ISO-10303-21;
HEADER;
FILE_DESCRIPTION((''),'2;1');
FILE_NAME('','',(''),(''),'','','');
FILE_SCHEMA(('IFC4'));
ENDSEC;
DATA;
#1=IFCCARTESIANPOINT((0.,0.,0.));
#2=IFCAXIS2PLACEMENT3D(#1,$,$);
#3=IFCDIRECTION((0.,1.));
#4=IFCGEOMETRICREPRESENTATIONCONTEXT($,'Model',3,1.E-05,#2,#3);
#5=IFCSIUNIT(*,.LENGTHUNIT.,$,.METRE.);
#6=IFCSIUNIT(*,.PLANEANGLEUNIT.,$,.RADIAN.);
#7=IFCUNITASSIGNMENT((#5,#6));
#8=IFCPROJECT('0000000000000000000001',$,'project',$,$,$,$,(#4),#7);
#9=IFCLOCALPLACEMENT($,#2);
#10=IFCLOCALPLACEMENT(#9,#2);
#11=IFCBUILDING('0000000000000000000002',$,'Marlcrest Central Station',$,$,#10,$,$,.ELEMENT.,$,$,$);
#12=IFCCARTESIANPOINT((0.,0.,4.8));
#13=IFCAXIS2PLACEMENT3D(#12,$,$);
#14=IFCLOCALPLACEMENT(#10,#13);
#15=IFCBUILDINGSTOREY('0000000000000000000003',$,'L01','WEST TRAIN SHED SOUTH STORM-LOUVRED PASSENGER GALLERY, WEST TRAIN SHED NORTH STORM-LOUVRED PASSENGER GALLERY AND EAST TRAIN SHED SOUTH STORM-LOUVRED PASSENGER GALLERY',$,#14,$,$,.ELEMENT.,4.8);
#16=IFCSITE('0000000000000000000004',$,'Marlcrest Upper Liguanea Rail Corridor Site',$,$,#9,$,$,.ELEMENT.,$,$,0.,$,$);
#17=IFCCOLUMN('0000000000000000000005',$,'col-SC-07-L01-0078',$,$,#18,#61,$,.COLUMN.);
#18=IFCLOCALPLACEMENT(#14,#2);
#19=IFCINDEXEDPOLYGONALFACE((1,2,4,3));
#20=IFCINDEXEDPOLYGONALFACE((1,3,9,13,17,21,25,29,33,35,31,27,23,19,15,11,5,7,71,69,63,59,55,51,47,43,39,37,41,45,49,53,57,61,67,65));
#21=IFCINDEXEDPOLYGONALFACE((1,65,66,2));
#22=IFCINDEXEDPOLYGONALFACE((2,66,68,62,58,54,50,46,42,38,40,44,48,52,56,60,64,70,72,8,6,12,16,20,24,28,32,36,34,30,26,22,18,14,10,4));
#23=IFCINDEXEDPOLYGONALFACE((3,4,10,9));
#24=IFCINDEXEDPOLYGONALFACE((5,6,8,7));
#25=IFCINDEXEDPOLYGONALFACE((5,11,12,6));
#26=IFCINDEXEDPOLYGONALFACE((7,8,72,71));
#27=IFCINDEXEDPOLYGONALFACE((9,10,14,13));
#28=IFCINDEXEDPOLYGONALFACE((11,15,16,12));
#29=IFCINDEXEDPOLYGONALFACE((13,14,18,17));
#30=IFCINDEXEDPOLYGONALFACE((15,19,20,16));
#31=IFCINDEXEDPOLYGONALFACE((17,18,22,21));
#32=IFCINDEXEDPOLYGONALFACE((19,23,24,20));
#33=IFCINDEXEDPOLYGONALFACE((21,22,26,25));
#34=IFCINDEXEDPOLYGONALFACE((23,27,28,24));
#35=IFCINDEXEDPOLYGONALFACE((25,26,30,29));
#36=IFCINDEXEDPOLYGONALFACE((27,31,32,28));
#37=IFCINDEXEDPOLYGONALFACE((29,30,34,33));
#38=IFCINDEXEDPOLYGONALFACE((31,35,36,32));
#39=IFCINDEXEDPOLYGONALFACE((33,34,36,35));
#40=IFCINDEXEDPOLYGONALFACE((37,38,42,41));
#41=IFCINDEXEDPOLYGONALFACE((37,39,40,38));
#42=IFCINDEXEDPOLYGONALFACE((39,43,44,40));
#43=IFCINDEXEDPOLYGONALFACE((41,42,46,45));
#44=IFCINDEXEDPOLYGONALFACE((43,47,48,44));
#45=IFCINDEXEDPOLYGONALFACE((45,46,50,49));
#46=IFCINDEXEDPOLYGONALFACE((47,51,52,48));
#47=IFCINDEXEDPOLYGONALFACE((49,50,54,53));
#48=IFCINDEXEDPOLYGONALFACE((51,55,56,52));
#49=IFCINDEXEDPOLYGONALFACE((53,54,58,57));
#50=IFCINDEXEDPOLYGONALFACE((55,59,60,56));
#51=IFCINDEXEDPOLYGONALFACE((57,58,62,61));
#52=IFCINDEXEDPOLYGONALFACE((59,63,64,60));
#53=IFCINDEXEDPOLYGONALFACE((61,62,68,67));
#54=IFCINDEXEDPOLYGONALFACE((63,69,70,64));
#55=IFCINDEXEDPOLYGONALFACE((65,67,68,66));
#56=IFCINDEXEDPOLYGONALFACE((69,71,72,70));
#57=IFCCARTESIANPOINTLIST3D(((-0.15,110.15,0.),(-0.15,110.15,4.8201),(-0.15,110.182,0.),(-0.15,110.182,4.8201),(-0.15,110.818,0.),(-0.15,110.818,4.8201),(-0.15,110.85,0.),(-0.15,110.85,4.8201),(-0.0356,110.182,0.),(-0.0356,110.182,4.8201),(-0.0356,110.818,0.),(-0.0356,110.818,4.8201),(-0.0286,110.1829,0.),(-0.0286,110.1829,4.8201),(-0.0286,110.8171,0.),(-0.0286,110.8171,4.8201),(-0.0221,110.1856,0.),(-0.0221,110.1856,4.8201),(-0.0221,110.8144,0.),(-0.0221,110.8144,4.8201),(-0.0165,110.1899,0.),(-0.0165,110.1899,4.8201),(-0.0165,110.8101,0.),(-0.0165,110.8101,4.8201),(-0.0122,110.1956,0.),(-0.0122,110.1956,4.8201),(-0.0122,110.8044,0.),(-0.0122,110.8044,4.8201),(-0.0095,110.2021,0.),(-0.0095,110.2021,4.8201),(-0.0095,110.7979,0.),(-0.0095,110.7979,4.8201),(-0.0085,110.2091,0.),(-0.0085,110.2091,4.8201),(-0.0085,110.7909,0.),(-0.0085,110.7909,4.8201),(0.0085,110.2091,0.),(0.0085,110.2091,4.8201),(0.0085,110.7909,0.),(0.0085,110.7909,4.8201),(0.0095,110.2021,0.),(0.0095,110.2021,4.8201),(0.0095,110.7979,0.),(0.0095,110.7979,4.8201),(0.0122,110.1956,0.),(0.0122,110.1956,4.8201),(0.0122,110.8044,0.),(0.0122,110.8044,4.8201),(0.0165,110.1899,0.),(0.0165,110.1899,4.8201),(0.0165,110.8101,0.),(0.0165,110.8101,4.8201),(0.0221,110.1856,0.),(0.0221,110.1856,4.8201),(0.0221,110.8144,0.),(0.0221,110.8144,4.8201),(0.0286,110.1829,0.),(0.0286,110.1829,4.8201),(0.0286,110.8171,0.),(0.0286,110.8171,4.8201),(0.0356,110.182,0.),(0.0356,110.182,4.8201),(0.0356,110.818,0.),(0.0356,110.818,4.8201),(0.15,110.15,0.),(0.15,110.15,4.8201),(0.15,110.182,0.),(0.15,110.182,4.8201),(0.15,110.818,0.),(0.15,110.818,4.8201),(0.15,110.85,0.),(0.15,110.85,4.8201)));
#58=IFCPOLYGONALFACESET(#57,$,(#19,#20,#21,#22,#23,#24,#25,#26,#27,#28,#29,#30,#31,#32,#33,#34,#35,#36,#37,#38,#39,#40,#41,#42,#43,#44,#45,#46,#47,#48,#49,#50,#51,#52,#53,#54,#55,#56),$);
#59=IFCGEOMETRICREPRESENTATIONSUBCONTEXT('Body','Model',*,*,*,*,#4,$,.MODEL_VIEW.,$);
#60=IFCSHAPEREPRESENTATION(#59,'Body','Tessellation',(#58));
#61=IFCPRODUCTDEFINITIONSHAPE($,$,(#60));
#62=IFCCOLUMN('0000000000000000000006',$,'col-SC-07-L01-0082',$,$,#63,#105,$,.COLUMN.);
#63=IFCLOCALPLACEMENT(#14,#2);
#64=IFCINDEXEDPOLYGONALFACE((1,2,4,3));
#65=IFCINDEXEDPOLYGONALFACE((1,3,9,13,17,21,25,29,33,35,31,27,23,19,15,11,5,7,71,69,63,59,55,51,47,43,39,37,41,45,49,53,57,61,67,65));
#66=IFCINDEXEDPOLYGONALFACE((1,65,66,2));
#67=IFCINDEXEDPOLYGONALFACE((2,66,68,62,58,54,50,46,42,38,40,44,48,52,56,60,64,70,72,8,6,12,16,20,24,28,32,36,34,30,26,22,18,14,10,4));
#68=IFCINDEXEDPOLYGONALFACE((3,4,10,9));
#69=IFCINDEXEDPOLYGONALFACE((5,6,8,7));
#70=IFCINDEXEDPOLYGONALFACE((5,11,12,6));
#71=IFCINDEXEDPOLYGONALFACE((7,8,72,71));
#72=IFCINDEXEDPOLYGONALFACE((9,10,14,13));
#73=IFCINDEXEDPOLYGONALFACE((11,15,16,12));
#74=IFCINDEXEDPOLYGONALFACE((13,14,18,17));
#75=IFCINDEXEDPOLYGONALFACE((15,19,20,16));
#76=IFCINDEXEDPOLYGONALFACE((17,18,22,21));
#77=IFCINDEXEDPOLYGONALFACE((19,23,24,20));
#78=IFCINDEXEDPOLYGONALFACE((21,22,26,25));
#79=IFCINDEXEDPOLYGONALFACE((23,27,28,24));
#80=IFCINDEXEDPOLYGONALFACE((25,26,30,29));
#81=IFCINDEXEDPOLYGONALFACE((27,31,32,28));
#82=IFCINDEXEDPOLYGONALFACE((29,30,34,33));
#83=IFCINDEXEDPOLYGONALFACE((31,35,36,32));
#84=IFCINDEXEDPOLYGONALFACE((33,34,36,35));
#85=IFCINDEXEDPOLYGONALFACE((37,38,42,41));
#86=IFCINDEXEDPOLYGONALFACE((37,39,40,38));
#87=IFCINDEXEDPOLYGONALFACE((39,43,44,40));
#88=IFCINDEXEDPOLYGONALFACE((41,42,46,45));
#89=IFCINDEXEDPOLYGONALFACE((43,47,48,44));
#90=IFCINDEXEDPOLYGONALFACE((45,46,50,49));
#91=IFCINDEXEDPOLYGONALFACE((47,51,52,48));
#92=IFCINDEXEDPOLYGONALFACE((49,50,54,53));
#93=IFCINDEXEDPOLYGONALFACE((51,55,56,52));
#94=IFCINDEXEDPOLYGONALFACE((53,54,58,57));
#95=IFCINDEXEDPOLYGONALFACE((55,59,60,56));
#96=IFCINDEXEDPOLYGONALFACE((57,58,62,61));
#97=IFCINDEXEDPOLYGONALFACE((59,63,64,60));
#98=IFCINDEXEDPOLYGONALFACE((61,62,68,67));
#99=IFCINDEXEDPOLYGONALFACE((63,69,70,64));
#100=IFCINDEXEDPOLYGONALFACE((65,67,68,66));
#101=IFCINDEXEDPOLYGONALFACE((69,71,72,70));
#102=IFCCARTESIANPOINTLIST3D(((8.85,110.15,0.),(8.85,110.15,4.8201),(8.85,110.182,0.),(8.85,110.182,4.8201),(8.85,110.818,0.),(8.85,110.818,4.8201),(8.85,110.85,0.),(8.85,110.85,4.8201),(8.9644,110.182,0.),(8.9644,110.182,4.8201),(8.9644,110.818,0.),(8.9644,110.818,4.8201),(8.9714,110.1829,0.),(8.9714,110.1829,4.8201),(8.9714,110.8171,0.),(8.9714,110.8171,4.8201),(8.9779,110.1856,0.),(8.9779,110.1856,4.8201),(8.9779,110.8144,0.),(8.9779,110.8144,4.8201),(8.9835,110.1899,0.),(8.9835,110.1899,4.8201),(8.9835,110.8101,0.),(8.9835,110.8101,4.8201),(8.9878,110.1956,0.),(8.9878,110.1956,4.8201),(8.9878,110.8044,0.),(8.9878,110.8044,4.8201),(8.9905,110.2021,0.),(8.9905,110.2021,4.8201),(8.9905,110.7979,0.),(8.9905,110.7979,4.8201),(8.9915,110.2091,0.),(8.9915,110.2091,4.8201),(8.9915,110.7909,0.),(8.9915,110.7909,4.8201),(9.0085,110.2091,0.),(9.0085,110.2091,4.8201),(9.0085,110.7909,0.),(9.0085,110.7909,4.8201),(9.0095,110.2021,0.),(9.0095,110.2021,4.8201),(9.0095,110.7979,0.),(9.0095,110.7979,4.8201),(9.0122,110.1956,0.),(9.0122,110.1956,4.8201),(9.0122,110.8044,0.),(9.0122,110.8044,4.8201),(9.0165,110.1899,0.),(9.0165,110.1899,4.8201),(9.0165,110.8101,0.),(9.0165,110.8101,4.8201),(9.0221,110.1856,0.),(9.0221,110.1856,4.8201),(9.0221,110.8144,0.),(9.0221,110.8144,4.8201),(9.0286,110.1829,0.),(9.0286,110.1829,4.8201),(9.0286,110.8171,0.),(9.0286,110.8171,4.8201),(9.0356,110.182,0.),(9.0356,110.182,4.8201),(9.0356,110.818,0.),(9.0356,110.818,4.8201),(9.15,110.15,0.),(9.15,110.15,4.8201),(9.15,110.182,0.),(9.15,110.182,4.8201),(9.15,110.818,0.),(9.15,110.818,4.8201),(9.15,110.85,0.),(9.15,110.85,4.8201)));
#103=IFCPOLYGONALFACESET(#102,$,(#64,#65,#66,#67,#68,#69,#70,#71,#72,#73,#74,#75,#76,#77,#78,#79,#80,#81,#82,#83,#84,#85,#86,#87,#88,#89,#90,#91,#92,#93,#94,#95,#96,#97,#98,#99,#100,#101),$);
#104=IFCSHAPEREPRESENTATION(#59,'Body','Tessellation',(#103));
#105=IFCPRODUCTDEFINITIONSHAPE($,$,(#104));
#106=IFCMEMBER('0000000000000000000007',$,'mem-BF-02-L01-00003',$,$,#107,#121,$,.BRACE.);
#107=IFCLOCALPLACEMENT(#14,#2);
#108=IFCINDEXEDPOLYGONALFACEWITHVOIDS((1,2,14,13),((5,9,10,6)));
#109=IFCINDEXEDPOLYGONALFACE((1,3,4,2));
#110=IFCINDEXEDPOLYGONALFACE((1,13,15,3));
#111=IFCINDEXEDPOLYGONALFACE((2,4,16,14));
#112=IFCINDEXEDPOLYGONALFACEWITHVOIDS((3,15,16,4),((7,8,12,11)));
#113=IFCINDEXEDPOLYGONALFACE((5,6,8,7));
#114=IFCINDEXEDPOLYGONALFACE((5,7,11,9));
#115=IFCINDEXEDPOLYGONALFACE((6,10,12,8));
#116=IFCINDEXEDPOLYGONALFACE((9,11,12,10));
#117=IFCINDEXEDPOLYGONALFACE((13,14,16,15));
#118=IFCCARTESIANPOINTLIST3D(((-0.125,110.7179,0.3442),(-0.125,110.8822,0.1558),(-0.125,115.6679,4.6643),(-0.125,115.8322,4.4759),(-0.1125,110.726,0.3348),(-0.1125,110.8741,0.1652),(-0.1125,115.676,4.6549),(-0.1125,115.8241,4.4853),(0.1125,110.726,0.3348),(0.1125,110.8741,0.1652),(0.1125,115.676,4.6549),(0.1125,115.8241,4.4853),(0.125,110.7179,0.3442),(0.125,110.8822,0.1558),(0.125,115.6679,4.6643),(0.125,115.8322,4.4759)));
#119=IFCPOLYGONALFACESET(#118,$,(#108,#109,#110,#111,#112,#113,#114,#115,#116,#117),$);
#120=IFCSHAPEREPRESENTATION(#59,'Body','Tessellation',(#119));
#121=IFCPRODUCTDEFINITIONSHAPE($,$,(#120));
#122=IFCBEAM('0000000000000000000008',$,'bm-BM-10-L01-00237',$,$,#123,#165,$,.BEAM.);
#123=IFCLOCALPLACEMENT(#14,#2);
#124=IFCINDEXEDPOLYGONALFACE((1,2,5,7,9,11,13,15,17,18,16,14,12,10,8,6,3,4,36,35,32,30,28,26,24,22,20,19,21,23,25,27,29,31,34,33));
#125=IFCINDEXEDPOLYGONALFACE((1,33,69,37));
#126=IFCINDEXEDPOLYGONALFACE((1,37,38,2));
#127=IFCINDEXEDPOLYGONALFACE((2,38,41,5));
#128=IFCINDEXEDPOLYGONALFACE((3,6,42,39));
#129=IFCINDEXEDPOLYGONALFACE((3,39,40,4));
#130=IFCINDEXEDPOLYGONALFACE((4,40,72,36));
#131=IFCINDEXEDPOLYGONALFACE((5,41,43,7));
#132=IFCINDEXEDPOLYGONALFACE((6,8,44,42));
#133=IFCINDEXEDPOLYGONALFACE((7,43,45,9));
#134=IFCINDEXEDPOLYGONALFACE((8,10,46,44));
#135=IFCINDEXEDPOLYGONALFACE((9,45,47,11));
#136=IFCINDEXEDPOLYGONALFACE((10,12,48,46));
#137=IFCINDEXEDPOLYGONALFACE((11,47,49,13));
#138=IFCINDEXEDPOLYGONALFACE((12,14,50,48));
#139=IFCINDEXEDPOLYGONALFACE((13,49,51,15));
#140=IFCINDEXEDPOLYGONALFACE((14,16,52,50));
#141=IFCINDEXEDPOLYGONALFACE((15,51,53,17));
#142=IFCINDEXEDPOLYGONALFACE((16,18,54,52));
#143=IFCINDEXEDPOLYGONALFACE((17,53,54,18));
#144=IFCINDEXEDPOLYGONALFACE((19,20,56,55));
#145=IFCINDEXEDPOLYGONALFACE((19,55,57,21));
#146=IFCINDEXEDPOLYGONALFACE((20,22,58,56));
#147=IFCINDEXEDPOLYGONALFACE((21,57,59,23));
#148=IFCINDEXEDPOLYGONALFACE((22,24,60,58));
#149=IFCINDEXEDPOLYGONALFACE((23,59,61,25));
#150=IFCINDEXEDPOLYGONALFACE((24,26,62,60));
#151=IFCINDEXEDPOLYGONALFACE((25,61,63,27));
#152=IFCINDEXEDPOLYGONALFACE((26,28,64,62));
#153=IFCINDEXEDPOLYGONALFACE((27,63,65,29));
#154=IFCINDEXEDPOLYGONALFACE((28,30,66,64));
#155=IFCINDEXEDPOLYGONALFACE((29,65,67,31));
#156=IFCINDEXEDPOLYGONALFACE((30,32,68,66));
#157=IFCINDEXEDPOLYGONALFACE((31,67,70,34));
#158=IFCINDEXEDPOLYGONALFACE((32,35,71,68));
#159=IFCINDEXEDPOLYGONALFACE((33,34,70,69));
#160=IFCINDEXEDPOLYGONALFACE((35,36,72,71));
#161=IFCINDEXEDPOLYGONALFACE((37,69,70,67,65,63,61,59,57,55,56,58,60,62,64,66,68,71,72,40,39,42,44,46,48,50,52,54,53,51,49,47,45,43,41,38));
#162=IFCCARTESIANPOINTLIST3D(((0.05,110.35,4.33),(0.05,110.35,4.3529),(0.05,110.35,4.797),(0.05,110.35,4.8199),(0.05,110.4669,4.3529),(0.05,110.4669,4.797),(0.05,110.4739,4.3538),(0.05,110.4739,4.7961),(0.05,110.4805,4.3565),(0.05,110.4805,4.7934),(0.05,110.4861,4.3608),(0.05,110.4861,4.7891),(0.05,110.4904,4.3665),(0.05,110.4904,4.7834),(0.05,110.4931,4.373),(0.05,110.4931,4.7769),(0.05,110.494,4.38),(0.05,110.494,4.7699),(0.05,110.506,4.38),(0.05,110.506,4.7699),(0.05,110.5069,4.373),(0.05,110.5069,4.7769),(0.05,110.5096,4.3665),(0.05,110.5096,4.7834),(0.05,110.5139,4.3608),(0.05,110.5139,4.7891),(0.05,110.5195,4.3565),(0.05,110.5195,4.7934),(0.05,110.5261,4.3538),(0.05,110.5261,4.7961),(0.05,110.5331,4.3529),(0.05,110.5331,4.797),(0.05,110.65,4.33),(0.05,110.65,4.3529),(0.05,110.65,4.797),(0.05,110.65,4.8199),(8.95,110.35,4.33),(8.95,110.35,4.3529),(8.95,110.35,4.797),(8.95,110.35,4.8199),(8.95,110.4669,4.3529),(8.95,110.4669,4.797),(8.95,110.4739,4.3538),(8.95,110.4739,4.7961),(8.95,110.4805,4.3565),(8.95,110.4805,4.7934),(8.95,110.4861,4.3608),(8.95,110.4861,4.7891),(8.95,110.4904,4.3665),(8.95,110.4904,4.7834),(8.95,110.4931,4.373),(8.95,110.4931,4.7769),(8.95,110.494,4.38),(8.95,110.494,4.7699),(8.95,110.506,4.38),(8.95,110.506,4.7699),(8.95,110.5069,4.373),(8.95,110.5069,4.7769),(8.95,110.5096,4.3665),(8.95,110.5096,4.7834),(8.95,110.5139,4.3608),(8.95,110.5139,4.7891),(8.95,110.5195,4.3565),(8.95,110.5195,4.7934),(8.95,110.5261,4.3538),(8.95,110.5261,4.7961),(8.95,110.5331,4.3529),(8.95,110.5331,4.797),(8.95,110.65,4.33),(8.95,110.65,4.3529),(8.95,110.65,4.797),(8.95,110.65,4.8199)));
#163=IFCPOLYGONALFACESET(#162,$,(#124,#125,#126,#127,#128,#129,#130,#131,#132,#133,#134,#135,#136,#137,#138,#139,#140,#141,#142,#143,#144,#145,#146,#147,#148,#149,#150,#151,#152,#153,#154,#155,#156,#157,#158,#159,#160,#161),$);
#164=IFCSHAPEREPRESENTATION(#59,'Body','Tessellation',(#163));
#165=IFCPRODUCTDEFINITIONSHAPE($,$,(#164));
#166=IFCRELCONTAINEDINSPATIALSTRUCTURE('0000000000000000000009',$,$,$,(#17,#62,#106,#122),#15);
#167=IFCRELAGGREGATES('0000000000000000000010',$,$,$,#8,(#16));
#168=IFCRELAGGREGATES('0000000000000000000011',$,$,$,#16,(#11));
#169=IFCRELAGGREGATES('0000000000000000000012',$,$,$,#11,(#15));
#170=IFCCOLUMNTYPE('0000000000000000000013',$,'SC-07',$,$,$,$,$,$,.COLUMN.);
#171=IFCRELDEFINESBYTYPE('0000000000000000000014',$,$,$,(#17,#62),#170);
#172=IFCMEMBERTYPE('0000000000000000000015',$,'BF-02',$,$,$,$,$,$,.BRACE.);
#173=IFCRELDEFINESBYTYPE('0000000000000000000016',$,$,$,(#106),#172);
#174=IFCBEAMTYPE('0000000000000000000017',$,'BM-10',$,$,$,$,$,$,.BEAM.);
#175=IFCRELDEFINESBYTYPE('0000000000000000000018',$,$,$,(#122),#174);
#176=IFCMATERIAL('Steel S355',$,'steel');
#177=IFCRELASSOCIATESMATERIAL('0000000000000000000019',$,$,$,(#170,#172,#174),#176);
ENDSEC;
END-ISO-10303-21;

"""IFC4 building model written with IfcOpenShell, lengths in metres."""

from ifc_helpers import new_model, si_unit, direction, frame, origin, origin_2d, place, context, subcontext, project, spatial, hollow_rectangle, i_section, extrude, material, material_profile, profile_set, type_object, element, save


model = new_model("IFC4")

# Units and contexts
model_context = context("Model", 3, precision=1e-05, world=origin(), true_north=direction((0.0, 1.0)))
body_context = subcontext(model_context, "Body", "Model", "MODEL_VIEW")
ifc_project = project(units=[si_unit("LENGTHUNIT", "METRE"), si_unit("PLANEANGLEUNIT", "RADIAN")], contexts=[model_context])

# Site, building, storey
site_placement = place(None, origin())
site = spatial("IfcSite", under=ifc_project, at=site_placement, Name="Marlcrest Upper Liguanea Rail Corridor Site", CompositionType="ELEMENT", RefElevation=0.0)
building_placement = place(site_placement, origin())
building = spatial("IfcBuilding", under=site, at=building_placement, Name="Marlcrest Central Station", CompositionType="ELEMENT")
storey_placement = place(building_placement, frame((0.0, 0.0, 4.8)))
storey = spatial("IfcBuildingStorey", under=building, at=storey_placement, Name="L01", Description="WEST TRAIN SHED SOUTH STORM-LOUVRED PASSENGER GALLERY, WEST TRAIN SHED NORTH STORM-LOUVRED PASSENGER GALLERY AND EAST TRAIN SHED SOUTH STORM-LOUVRED PASSENGER GALLERY", CompositionType="ELEMENT", Elevation=4.8)

# Columns
ifc_material_1 = material(Name="Steel S355", Category="steel")
ifc_material_profile_1 = material_profile(ifc_material_1, i_section(OverallWidth=0.3, OverallDepth=0.7, WebThickness=0.0171, FlangeThickness=0.032, FilletRadius=0.0271, at=origin_2d()), Name="HEB 700")
ifc_profile_set_1 = profile_set([ifc_material_profile_1], Name="Steel S355")
column_type = type_object("IfcColumnType", Name="SC-07", PredefinedType="COLUMN", material=ifc_profile_set_1)
for number, where, z_axis, x_axis, name in (
    (1, (0.0, 110.5, 0.0), (0.0, 0.0, 1.0), (1.0, 0.0, 0.0), "col-SC-07-L01-0078"),
    (2, (9.0, 110.5, 0.0), (0.0, 0.0, 1.0), (1.0, 0.0, 0.0), "col-SC-07-L01-0082"),
):
    element("IfcColumn", number, at=place(storey_placement, frame(where, z_axis=z_axis, x_axis=x_axis)), inside=storey, type_object=column_type, Name=name, PredefinedType="COLUMN", context=body_context, shape_type="SweptSolid", body=[
        extrude(i_section(OverallWidth=0.3, OverallDepth=0.7, WebThickness=0.0171, FlangeThickness=0.032, FilletRadius=0.0271, at=origin_2d()), origin(), (0.0, 0.0, 1.0), 4.8201),
    ])

# Member
ifc_material_profile_2 = material_profile(ifc_material_1, hollow_rectangle(XDim=0.25, YDim=0.25, WallThickness=0.0125, at=origin_2d()), Name="SHS 250x250x12.5")
ifc_profile_set_2 = profile_set([ifc_material_profile_2], Name="Steel S355")
member_type = type_object("IfcMemberType", Name="BF-02", PredefinedType="BRACE", material=ifc_profile_set_2)
member_placement = place(storey_placement, frame((0.0, 110.8, 0.25), z_axis=(0.0, 0.753416, 0.657544), x_axis=(-1.0, 0.0, 0.0)))
element("IfcMember", 3, at=member_placement, inside=storey, type_object=member_type, Name="mem-BF-02-L01-00003", PredefinedType="BRACE", context=body_context, shape_type="SweptSolid", body=[
    extrude(hollow_rectangle(XDim=0.25, YDim=0.25, WallThickness=0.0125, at=origin_2d()), origin(), (0.0, 0.0, 1.0), 6.5701),
])

# Beam
ifc_material_profile_3 = material_profile(ifc_material_1, i_section(OverallWidth=0.3, OverallDepth=0.49, WebThickness=0.012, FlangeThickness=0.0229, FilletRadius=0.0271, at=origin_2d()), Name="HEA 500")
ifc_profile_set_3 = profile_set([ifc_material_profile_3], Name="Steel S355")
beam_type_1 = type_object("IfcBeamType", Name="BM-10", PredefinedType="BEAM", material=ifc_profile_set_3)
for number, where, z_axis, x_axis, name in (
    (4, (0.05, 110.5, 4.575), (1.0, 0.0, 0.0), (0.0, 1.0, 0.0), "bm-BM-10-L01-00237"),
):
    element("IfcBeam", number, at=place(storey_placement, frame(where, z_axis=z_axis, x_axis=x_axis)), inside=storey, type_object=beam_type_1, Name=name, PredefinedType="BEAM", context=body_context, shape_type="SweptSolid", body=[
        extrude(i_section(OverallWidth=0.3, OverallDepth=0.49, WebThickness=0.012, FlangeThickness=0.0229, FilletRadius=0.0271, at=origin_2d()), origin(), (0.0, 0.0, 1.0), 8.8999),
    ])

save(model, "model.ifc")
